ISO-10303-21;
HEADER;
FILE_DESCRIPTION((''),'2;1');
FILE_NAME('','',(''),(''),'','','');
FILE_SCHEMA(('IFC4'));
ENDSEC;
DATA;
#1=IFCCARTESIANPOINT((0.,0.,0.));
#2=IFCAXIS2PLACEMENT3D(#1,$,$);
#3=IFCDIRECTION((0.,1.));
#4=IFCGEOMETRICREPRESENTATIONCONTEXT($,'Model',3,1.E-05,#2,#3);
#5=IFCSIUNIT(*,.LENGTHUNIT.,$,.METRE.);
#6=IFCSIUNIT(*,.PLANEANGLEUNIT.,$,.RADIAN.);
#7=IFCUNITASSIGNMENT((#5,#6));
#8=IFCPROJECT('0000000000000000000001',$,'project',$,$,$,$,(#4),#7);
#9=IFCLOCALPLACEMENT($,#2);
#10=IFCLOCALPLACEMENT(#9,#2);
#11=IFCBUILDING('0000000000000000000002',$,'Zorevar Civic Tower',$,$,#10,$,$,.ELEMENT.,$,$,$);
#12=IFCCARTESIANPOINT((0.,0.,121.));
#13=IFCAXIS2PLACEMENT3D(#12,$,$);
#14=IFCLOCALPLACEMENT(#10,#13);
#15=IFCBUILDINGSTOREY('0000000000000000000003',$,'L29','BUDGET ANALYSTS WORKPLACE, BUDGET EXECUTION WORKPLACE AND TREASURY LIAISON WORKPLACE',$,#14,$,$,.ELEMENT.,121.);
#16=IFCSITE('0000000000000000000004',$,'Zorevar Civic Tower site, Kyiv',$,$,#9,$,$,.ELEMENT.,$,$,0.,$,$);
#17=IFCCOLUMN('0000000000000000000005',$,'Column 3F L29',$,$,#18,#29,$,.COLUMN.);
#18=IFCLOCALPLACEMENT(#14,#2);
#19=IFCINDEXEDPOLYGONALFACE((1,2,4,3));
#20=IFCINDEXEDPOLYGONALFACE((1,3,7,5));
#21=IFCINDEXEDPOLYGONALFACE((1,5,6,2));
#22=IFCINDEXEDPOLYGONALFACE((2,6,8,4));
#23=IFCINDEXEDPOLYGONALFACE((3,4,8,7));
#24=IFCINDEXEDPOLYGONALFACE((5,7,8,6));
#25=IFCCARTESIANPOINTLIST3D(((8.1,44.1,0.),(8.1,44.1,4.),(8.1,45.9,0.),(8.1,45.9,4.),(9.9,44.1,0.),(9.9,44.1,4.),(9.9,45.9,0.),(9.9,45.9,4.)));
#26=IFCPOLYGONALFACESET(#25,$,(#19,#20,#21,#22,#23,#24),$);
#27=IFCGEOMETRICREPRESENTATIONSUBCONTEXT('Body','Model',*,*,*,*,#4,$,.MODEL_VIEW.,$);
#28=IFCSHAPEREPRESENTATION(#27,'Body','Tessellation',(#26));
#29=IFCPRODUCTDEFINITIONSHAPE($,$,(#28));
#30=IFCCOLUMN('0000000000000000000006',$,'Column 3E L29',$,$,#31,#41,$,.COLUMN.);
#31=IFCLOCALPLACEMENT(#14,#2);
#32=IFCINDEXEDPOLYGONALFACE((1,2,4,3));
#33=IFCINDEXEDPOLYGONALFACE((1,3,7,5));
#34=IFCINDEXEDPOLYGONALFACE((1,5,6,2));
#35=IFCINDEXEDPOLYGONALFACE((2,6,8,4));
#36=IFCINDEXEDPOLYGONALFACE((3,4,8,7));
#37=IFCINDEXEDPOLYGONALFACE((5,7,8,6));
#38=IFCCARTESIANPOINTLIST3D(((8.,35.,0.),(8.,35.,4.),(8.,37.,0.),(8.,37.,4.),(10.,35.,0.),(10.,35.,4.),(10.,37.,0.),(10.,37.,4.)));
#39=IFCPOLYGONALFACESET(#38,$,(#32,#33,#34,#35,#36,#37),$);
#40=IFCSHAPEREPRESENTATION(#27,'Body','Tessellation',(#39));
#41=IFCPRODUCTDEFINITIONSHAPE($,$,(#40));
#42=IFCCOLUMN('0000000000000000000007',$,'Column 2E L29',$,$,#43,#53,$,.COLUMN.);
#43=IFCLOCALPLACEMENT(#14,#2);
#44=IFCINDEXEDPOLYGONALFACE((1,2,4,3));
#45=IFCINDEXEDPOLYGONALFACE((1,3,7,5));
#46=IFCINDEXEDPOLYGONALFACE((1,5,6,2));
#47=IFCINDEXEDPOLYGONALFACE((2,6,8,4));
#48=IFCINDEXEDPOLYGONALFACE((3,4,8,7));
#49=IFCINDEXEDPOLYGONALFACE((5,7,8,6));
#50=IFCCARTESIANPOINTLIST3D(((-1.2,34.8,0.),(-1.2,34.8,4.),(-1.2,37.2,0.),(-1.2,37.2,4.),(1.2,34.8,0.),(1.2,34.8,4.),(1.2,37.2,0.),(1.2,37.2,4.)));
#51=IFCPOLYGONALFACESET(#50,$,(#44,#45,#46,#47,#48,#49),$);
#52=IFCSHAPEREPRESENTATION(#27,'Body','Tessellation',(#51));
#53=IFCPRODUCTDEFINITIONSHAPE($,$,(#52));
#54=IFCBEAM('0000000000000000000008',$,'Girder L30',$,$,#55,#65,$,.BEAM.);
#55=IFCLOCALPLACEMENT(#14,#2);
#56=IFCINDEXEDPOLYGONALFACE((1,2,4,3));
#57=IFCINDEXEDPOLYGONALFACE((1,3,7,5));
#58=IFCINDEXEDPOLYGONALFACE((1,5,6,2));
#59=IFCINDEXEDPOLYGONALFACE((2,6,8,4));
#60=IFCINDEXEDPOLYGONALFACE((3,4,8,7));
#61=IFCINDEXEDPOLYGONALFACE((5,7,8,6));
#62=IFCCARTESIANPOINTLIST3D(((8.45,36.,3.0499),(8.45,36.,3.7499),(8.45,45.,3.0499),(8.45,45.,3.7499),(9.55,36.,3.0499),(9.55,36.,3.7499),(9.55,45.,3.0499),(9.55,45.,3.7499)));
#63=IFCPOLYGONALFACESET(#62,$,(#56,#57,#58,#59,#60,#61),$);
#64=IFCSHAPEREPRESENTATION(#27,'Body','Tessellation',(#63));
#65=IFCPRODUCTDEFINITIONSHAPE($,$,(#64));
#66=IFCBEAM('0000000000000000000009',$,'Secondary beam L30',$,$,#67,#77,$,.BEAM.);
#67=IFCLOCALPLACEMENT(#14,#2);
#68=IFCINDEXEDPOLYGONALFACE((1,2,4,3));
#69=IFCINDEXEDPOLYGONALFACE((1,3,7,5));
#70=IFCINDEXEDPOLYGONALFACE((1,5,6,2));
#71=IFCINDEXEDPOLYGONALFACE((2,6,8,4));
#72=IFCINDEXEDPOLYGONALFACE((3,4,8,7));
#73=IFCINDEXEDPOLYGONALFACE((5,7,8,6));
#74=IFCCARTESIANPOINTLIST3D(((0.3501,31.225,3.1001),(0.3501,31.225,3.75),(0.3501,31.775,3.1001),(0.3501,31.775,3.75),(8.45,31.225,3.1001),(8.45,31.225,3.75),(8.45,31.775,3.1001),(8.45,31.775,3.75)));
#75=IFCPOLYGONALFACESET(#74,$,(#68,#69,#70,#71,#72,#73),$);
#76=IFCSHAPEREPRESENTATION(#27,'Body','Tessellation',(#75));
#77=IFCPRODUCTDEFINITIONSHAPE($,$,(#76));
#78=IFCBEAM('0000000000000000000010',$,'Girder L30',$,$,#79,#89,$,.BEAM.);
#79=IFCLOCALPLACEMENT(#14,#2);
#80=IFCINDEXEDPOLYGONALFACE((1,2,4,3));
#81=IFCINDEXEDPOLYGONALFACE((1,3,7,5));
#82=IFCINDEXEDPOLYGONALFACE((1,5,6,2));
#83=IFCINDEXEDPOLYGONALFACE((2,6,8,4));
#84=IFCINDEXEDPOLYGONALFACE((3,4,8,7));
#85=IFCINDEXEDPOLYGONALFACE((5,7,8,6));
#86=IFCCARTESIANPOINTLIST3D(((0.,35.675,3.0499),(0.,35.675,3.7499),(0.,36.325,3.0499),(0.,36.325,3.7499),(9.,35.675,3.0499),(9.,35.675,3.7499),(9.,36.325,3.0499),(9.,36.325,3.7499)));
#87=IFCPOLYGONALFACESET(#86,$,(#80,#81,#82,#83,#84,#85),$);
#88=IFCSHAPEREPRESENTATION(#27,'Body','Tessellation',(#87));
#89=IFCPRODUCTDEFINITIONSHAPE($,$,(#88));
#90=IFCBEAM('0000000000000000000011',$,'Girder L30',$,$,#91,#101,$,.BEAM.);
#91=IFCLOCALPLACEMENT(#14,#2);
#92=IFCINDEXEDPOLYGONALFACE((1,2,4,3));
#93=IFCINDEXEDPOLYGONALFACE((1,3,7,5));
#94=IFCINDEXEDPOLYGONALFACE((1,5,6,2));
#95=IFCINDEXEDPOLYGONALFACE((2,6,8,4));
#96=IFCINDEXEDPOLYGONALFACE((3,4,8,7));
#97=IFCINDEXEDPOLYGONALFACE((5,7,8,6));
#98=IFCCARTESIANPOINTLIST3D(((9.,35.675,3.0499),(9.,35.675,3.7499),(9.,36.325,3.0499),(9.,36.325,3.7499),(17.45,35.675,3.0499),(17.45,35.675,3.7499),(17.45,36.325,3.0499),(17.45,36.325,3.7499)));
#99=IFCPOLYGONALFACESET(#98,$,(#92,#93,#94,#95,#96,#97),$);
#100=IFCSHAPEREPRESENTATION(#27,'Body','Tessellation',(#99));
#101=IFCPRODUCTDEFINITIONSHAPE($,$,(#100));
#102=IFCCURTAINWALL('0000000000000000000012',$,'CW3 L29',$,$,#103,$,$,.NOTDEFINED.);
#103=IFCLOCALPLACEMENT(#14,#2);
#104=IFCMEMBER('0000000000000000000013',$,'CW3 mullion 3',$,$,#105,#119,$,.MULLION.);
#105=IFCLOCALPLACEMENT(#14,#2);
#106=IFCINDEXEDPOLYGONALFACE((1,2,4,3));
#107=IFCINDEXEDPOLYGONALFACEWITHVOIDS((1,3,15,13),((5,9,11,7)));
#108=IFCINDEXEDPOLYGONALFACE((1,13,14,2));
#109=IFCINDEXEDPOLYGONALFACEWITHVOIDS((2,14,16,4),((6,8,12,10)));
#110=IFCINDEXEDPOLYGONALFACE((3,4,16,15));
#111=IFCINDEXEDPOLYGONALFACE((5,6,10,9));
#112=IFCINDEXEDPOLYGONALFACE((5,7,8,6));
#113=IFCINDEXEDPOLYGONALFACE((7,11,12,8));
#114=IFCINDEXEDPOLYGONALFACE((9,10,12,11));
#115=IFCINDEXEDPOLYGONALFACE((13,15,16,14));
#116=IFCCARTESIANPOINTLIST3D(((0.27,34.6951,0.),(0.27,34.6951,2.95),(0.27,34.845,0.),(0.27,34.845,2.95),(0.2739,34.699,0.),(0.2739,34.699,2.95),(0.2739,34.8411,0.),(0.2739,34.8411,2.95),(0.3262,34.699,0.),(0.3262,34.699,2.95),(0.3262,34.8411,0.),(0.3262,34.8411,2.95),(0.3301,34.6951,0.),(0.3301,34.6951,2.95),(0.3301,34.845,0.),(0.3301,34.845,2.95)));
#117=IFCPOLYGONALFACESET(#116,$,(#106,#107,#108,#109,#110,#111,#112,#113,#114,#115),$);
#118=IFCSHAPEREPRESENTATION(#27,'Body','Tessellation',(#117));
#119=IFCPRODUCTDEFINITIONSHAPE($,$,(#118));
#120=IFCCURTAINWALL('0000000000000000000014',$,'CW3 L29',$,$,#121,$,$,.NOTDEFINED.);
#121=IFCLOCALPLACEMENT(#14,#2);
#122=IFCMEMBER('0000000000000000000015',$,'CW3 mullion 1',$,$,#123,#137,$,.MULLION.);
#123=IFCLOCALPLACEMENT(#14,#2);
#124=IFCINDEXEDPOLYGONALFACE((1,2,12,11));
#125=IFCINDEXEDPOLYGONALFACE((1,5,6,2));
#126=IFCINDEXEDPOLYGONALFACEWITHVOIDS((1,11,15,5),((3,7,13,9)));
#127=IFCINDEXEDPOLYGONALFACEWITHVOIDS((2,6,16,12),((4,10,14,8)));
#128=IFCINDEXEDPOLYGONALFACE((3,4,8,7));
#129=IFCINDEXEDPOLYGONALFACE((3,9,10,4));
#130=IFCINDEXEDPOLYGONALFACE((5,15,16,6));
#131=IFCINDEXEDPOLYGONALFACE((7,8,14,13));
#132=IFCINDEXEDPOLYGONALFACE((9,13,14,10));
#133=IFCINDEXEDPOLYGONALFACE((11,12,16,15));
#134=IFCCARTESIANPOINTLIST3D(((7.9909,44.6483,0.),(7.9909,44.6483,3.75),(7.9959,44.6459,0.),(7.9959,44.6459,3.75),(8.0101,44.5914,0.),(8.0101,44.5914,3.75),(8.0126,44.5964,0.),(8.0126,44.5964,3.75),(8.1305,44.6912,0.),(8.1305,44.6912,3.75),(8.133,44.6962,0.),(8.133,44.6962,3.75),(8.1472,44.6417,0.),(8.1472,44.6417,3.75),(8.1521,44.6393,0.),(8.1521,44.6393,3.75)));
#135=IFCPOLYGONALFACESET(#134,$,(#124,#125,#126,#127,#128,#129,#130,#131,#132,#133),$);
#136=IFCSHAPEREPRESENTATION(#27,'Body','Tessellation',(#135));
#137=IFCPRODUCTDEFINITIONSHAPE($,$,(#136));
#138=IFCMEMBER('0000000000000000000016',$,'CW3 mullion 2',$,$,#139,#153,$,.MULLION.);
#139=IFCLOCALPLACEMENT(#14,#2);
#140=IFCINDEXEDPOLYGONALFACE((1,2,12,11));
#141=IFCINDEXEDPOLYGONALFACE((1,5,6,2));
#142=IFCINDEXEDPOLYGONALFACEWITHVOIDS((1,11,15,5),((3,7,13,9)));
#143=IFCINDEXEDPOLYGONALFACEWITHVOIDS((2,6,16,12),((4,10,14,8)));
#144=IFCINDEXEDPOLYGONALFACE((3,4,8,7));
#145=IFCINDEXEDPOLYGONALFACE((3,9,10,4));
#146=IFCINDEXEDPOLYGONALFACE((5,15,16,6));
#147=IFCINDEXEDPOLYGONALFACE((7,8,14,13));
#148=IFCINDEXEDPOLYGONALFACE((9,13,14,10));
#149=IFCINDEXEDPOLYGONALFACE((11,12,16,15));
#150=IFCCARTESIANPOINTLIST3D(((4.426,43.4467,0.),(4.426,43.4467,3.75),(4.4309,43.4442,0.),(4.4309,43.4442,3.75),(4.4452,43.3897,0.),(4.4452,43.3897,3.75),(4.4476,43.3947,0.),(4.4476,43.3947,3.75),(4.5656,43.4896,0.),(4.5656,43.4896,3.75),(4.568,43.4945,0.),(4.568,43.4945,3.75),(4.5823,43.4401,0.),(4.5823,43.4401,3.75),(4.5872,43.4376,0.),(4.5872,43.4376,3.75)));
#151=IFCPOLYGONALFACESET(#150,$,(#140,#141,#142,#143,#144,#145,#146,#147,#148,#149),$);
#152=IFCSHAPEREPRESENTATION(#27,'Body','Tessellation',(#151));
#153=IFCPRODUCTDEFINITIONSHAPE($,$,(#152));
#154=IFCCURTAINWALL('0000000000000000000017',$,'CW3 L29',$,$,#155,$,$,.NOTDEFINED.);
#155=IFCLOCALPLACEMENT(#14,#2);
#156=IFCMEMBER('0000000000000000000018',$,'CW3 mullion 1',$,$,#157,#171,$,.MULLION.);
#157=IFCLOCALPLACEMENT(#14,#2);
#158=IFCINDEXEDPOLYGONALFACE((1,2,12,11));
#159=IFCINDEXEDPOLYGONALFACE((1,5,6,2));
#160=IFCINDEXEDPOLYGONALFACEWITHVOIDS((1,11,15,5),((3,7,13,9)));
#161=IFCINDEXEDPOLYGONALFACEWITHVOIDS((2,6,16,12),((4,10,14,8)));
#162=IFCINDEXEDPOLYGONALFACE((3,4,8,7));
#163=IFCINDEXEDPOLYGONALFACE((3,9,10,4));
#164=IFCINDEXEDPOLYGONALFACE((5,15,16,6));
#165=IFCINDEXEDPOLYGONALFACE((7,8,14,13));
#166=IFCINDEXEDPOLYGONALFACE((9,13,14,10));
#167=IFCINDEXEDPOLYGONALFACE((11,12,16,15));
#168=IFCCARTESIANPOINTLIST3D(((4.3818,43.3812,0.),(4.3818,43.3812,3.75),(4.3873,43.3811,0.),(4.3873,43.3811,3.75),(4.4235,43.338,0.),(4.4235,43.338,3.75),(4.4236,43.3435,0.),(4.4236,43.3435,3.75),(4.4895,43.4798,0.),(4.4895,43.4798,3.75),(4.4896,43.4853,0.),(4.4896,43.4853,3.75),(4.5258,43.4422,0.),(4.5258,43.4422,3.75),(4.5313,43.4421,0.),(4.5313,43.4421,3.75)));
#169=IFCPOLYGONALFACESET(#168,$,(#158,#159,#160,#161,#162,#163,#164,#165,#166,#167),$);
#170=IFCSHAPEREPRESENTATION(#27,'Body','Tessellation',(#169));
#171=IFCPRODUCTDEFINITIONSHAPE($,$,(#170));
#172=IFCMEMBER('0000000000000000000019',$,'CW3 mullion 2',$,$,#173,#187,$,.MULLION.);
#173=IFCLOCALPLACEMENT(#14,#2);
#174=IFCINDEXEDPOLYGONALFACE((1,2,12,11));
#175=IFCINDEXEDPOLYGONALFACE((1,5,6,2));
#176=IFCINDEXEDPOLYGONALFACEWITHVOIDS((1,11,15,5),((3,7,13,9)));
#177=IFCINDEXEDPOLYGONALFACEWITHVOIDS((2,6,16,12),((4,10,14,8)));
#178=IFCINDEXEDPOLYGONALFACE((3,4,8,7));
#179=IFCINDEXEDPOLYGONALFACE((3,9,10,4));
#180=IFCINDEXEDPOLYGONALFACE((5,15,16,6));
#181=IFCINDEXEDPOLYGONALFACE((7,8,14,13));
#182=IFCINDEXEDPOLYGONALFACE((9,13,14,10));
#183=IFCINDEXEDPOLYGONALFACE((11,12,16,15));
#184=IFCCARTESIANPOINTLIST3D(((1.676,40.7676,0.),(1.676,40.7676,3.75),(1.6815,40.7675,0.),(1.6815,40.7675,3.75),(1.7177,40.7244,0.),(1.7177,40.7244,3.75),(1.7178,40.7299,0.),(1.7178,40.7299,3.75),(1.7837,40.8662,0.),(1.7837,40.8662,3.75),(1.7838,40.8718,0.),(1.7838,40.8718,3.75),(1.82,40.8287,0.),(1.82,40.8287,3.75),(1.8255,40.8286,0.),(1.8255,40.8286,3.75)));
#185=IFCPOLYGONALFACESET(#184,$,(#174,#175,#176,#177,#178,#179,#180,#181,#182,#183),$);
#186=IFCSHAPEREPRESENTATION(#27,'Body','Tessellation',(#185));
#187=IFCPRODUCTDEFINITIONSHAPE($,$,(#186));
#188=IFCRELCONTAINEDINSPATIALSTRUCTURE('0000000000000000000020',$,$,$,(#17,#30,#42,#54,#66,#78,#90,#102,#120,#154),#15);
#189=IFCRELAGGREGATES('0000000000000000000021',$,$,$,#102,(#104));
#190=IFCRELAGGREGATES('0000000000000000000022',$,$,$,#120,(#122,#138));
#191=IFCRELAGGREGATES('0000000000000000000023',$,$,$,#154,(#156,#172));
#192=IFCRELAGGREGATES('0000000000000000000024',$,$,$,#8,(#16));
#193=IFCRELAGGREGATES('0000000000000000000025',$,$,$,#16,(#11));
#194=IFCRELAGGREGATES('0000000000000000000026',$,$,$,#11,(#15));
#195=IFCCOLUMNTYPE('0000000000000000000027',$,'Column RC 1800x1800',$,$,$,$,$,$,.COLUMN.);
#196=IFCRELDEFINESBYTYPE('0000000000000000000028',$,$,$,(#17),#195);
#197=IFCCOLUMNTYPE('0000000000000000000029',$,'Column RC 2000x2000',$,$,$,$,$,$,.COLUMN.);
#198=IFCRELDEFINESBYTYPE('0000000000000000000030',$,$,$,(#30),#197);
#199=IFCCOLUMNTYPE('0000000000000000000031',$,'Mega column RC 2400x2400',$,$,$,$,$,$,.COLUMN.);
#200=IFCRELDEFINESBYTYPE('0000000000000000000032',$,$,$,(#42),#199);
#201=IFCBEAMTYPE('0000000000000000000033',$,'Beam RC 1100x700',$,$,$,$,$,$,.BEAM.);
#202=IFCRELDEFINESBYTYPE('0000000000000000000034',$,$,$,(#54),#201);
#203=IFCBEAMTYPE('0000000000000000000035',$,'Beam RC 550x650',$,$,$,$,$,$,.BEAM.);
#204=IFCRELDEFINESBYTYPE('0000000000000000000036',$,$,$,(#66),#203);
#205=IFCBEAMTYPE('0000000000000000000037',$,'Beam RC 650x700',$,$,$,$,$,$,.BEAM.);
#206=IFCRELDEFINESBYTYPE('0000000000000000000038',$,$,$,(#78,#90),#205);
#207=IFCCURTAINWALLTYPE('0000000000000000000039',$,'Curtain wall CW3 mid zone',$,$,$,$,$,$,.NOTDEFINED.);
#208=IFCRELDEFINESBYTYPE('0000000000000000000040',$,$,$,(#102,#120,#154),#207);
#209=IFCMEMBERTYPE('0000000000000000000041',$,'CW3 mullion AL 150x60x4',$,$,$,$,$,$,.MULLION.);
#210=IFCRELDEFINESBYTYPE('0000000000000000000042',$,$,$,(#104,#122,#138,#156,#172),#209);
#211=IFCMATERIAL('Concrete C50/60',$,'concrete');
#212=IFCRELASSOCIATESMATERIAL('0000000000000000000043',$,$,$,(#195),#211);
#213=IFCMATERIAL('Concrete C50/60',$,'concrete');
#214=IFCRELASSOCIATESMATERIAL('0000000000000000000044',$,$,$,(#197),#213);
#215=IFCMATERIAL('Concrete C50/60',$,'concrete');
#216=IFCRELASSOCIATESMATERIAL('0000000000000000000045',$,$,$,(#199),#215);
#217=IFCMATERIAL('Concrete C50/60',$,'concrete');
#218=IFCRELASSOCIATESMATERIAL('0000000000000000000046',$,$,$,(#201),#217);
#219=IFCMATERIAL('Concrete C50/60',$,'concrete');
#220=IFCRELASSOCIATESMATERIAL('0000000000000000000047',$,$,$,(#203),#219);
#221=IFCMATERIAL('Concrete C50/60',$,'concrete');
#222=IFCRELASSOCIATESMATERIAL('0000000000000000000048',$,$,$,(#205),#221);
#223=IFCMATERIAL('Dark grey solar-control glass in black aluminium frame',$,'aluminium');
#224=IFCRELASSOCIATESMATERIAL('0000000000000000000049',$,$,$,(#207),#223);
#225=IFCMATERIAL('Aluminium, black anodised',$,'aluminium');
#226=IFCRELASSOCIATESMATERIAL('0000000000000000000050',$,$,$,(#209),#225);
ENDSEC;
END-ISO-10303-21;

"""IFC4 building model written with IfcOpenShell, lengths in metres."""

from ifc_helpers import new_model, si_unit, direction, frame, origin, origin_2d, place, context, subcontext, project, spatial, rectangle, hollow_rectangle, extrude, material, material_profile, profile_set, type_object, element, aggregate, save


model = new_model("IFC4")

# Units and contexts
model_context = context("Model", 3, precision=1e-05, world=origin(), true_north=direction((0.0, 1.0)))
body_context = subcontext(model_context, "Body", "Model", "MODEL_VIEW")
ifc_project = project(units=[si_unit("LENGTHUNIT", "METRE"), si_unit("PLANEANGLEUNIT", "RADIAN")], contexts=[model_context])

# Site, building, storey
site_placement = place(None, origin())
site = spatial("IfcSite", under=ifc_project, at=site_placement, Name="Zorevar Civic Tower site, Kyiv", CompositionType="ELEMENT", RefElevation=0.0)
building_placement = place(site_placement, origin())
building = spatial("IfcBuilding", under=site, at=building_placement, Name="Zorevar Civic Tower", CompositionType="ELEMENT")
storey_placement = place(building_placement, frame((0.0, 0.0, 121.0)))
storey = spatial("IfcBuildingStorey", under=building, at=storey_placement, Name="L29", Description="BUDGET ANALYSTS WORKPLACE, BUDGET EXECUTION WORKPLACE AND TREASURY LIAISON WORKPLACE", CompositionType="ELEMENT", Elevation=121.0)

# Columns
ifc_material_1 = material(Name="Concrete C50/60", Category="concrete")
ifc_material_profile_1 = material_profile(ifc_material_1, rectangle(XDim=1.8, YDim=1.8, at=origin_2d()), Name="RC 1800x1800")
ifc_profile_set_1 = profile_set([ifc_material_profile_1], Name="Concrete C50/60")
column_type_1 = type_object("IfcColumnType", Name="Column RC 1800x1800", PredefinedType="COLUMN", material=ifc_profile_set_1)
column_1_placement = place(storey_placement, frame((9.0, 45.0, 0.0), z_axis=(0.0, 0.0, 1.0), x_axis=(1.0, 0.0, 0.0)))
element("IfcColumn", 1, at=column_1_placement, inside=storey, type_object=column_type_1, Name="Column 3F L29", PredefinedType="COLUMN", context=body_context, shape_type="SweptSolid", body=[
    extrude(rectangle(XDim=1.8, YDim=1.8, at=origin_2d()), origin(), (0.0, 0.0, 1.0), 4.0),
])
ifc_material_2 = material(Name="Concrete C50/60", Category="concrete")
ifc_material_profile_2 = material_profile(ifc_material_2, rectangle(XDim=2.0, YDim=2.0, at=origin_2d()), Name="RC 2000x2000")
ifc_profile_set_2 = profile_set([ifc_material_profile_2], Name="Concrete C50/60")
column_type_2 = type_object("IfcColumnType", Name="Column RC 2000x2000", PredefinedType="COLUMN", material=ifc_profile_set_2)
column_2_placement = place(storey_placement, frame((9.0, 36.0, 0.0), z_axis=(0.0, 0.0, 1.0), x_axis=(1.0, 0.0, 0.0)))
element("IfcColumn", 2, at=column_2_placement, inside=storey, type_object=column_type_2, Name="Column 3E L29", PredefinedType="COLUMN", context=body_context, shape_type="SweptSolid", body=[
    extrude(rectangle(XDim=2.0, YDim=2.0, at=origin_2d()), origin(), (0.0, 0.0, 1.0), 4.0),
])
ifc_material_3 = material(Name="Concrete C50/60", Category="concrete")
ifc_material_profile_3 = material_profile(ifc_material_3, rectangle(XDim=2.3999, YDim=2.3999, at=origin_2d()), Name="RC 2400x2400")
ifc_profile_set_3 = profile_set([ifc_material_profile_3], Name="Concrete C50/60")
column_type_3 = type_object("IfcColumnType", Name="Mega column RC 2400x2400", PredefinedType="COLUMN", material=ifc_profile_set_3)
column_3_placement = place(storey_placement, frame((0.0, 36.0, 0.0), z_axis=(0.0, 0.0, 1.0), x_axis=(1.0, 0.0, 0.0)))
element("IfcColumn", 3, at=column_3_placement, inside=storey, type_object=column_type_3, Name="Column 2E L29", PredefinedType="COLUMN", context=body_context, shape_type="SweptSolid", body=[
    extrude(rectangle(XDim=2.3999, YDim=2.3999, at=origin_2d()), origin(), (0.0, 0.0, 1.0), 4.0),
])

# Beams
ifc_material_4 = material(Name="Concrete C50/60", Category="concrete")
ifc_material_profile_4 = material_profile(ifc_material_4, rectangle(XDim=1.1001, YDim=0.7, at=origin_2d()), Name="RC 1100x700")
ifc_profile_set_4 = profile_set([ifc_material_profile_4], Name="Concrete C50/60")
beam_type_1 = type_object("IfcBeamType", Name="Beam RC 1100x700", PredefinedType="BEAM", material=ifc_profile_set_4)
beam_1_placement = place(storey_placement, frame((9.0, 36.0, 3.3999), z_axis=(0.0, 1.0, 0.0), x_axis=(-1.0, 0.0, 0.0)))
element("IfcBeam", 4, at=beam_1_placement, inside=storey, type_object=beam_type_1, Name="Girder L30", PredefinedType="BEAM", context=body_context, shape_type="SweptSolid", body=[
    extrude(rectangle(XDim=1.1001, YDim=0.7, at=origin_2d()), origin(), (0.0, 0.0, 1.0), 9.0),
])
ifc_material_5 = material(Name="Concrete C50/60", Category="concrete")
ifc_material_profile_5 = material_profile(ifc_material_5, rectangle(XDim=0.55, YDim=0.6499, at=origin_2d()), Name="RC 550x650")
ifc_profile_set_5 = profile_set([ifc_material_profile_5], Name="Concrete C50/60")
beam_type_2 = type_object("IfcBeamType", Name="Beam RC 550x650", PredefinedType="BEAM", material=ifc_profile_set_5)
beam_2_placement = place(storey_placement, frame((0.3501, 31.5, 3.425), z_axis=(1.0, 0.0, 0.0), x_axis=(0.0, 1.0, 0.0)))
element("IfcBeam", 5, at=beam_2_placement, inside=storey, type_object=beam_type_2, Name="Secondary beam L30", PredefinedType="BEAM", context=body_context, shape_type="SweptSolid", body=[
    extrude(rectangle(XDim=0.55, YDim=0.6499, at=origin_2d()), origin(), (0.0, 0.0, 1.0), 8.0999),
])
ifc_material_6 = material(Name="Concrete C50/60", Category="concrete")
ifc_material_profile_6 = material_profile(ifc_material_6, rectangle(XDim=0.6499, YDim=0.7, at=origin_2d()), Name="RC 650x700")
ifc_profile_set_6 = profile_set([ifc_material_profile_6], Name="Concrete C50/60")
beam_type_3 = type_object("IfcBeamType", Name="Beam RC 650x700", PredefinedType="BEAM", material=ifc_profile_set_6)
beam_3_placement = place(storey_placement, frame((0.0, 36.0, 3.3999), z_axis=(1.0, 0.0, 0.0), x_axis=(0.0, 1.0, 0.0)))
element("IfcBeam", 6, at=beam_3_placement, inside=storey, type_object=beam_type_3, Name="Girder L30", PredefinedType="BEAM", context=body_context, shape_type="SweptSolid", body=[
    extrude(rectangle(XDim=0.6499, YDim=0.7, at=origin_2d()), origin(), (0.0, 0.0, 1.0), 9.0),
])
beam_4_placement = place(storey_placement, frame((9.0, 36.0, 3.3999), z_axis=(1.0, 0.0, 0.0), x_axis=(0.0, 1.0, 0.0)))
element("IfcBeam", 7, at=beam_4_placement, inside=storey, type_object=beam_type_3, Name="Girder L30", PredefinedType="BEAM", context=body_context, shape_type="SweptSolid", body=[
    extrude(rectangle(XDim=0.6499, YDim=0.7, at=origin_2d()), origin(), (0.0, 0.0, 1.0), 8.45),
])

# Curtain wall, member
ifc_material_7 = material(Name="Dark grey solar-control glass in black aluminium frame", Category="aluminium")
curtain_wall_type = type_object("IfcCurtainWallType", Name="Curtain wall CW3 mid zone", PredefinedType="NOTDEFINED", material=ifc_material_7)
curtain_wall_1_placement = place(storey_placement, origin())
curtain_wall_1 = element("IfcCurtainWall", 8, at=curtain_wall_1_placement, inside=storey, type_object=curtain_wall_type, Name="CW3 L29", PredefinedType="NOTDEFINED")
ifc_material_8 = material(Name="Aluminium, black anodised", Category="aluminium")
ifc_material_profile_7 = material_profile(ifc_material_8, hollow_rectangle(XDim=0.0601, YDim=0.1499, WallThickness=0.0039, at=origin_2d()), Name="AL 150x60x4")
ifc_profile_set_7 = profile_set([ifc_material_profile_7], Name="Aluminium, black anodised")
member_type_1 = type_object("IfcMemberType", Name="CW3 mullion AL 150x60x4", PredefinedType="MULLION", material=ifc_profile_set_7)
member_1_placement = place(storey_placement, frame((0.3, 34.77, 0.0), z_axis=(0.0, 0.0, 1.0), x_axis=(-1.0, 0.0, 0.0)))
member_1 = element("IfcMember", 9, at=member_1_placement, type_object=member_type_1, Name="CW3 mullion 3", PredefinedType="MULLION", context=body_context, shape_type="SweptSolid", body=[
    extrude(hollow_rectangle(XDim=0.0601, YDim=0.1499, WallThickness=0.0039, at=origin_2d()), origin(), (0.0, 0.0, 1.0), 2.95),
])

# Curtain walls, members
curtain_wall_2_placement = place(storey_placement, origin())
curtain_wall_2 = element("IfcCurtainWall", 10, at=curtain_wall_2_placement, inside=storey, type_object=curtain_wall_type, Name="CW3 L29", PredefinedType="NOTDEFINED")
member_2_placement = place(storey_placement, frame((8.0715, 44.6438, 0.0), z_axis=(0.0, 0.0, 1.0), x_axis=(0.319413, -0.947616, 0.0)))
member_2 = element("IfcMember", 11, at=member_2_placement, type_object=member_type_1, Name="CW3 mullion 1", PredefinedType="MULLION", context=body_context, shape_type="SweptSolid", body=[
    extrude(hollow_rectangle(XDim=0.0601, YDim=0.1499, WallThickness=0.0039, at=origin_2d()), origin(), (0.0, 0.0, 1.0), 3.75),
])
member_3_placement = place(storey_placement, frame((4.5066, 43.4421, 0.0), z_axis=(0.0, 0.0, 1.0), x_axis=(0.319413, -0.947616, 0.0)))
member_3 = element("IfcMember", 12, at=member_3_placement, type_object=member_type_1, Name="CW3 mullion 2", PredefinedType="MULLION", context=body_context, shape_type="SweptSolid", body=[
    extrude(hollow_rectangle(XDim=0.0601, YDim=0.1499, WallThickness=0.0039, at=origin_2d()), origin(), (0.0, 0.0, 1.0), 3.75),
])
curtain_wall_3_placement = place(storey_placement, origin())
curtain_wall_3 = element("IfcCurtainWall", 13, at=curtain_wall_3_placement, inside=storey, type_object=curtain_wall_type, Name="CW3 L29", PredefinedType="NOTDEFINED")
member_4_placement = place(storey_placement, frame((4.4565, 43.4116, 0.0), z_axis=(0.0, 0.0, 1.0), x_axis=(0.694719, -0.719281, 0.0)))
member_4 = element("IfcMember", 14, at=member_4_placement, type_object=member_type_1, Name="CW3 mullion 1", PredefinedType="MULLION", context=body_context, shape_type="SweptSolid", body=[
    extrude(hollow_rectangle(XDim=0.0601, YDim=0.1499, WallThickness=0.0039, at=origin_2d()), origin(), (0.0, 0.0, 1.0), 3.75),
])
member_5_placement = place(storey_placement, frame((1.7507, 40.7981, 0.0), z_axis=(0.0, 0.0, 1.0), x_axis=(0.694719, -0.719281, 0.0)))
member_5 = element("IfcMember", 15, at=member_5_placement, type_object=member_type_1, Name="CW3 mullion 2", PredefinedType="MULLION", context=body_context, shape_type="SweptSolid", body=[
    extrude(hollow_rectangle(XDim=0.0601, YDim=0.1499, WallThickness=0.0039, at=origin_2d()), origin(), (0.0, 0.0, 1.0), 3.75),
])

aggregate(curtain_wall_1, [member_1])
aggregate(curtain_wall_2, [member_2, member_3])
aggregate(curtain_wall_3, [member_4, member_5])

save(model, "model.ifc")
